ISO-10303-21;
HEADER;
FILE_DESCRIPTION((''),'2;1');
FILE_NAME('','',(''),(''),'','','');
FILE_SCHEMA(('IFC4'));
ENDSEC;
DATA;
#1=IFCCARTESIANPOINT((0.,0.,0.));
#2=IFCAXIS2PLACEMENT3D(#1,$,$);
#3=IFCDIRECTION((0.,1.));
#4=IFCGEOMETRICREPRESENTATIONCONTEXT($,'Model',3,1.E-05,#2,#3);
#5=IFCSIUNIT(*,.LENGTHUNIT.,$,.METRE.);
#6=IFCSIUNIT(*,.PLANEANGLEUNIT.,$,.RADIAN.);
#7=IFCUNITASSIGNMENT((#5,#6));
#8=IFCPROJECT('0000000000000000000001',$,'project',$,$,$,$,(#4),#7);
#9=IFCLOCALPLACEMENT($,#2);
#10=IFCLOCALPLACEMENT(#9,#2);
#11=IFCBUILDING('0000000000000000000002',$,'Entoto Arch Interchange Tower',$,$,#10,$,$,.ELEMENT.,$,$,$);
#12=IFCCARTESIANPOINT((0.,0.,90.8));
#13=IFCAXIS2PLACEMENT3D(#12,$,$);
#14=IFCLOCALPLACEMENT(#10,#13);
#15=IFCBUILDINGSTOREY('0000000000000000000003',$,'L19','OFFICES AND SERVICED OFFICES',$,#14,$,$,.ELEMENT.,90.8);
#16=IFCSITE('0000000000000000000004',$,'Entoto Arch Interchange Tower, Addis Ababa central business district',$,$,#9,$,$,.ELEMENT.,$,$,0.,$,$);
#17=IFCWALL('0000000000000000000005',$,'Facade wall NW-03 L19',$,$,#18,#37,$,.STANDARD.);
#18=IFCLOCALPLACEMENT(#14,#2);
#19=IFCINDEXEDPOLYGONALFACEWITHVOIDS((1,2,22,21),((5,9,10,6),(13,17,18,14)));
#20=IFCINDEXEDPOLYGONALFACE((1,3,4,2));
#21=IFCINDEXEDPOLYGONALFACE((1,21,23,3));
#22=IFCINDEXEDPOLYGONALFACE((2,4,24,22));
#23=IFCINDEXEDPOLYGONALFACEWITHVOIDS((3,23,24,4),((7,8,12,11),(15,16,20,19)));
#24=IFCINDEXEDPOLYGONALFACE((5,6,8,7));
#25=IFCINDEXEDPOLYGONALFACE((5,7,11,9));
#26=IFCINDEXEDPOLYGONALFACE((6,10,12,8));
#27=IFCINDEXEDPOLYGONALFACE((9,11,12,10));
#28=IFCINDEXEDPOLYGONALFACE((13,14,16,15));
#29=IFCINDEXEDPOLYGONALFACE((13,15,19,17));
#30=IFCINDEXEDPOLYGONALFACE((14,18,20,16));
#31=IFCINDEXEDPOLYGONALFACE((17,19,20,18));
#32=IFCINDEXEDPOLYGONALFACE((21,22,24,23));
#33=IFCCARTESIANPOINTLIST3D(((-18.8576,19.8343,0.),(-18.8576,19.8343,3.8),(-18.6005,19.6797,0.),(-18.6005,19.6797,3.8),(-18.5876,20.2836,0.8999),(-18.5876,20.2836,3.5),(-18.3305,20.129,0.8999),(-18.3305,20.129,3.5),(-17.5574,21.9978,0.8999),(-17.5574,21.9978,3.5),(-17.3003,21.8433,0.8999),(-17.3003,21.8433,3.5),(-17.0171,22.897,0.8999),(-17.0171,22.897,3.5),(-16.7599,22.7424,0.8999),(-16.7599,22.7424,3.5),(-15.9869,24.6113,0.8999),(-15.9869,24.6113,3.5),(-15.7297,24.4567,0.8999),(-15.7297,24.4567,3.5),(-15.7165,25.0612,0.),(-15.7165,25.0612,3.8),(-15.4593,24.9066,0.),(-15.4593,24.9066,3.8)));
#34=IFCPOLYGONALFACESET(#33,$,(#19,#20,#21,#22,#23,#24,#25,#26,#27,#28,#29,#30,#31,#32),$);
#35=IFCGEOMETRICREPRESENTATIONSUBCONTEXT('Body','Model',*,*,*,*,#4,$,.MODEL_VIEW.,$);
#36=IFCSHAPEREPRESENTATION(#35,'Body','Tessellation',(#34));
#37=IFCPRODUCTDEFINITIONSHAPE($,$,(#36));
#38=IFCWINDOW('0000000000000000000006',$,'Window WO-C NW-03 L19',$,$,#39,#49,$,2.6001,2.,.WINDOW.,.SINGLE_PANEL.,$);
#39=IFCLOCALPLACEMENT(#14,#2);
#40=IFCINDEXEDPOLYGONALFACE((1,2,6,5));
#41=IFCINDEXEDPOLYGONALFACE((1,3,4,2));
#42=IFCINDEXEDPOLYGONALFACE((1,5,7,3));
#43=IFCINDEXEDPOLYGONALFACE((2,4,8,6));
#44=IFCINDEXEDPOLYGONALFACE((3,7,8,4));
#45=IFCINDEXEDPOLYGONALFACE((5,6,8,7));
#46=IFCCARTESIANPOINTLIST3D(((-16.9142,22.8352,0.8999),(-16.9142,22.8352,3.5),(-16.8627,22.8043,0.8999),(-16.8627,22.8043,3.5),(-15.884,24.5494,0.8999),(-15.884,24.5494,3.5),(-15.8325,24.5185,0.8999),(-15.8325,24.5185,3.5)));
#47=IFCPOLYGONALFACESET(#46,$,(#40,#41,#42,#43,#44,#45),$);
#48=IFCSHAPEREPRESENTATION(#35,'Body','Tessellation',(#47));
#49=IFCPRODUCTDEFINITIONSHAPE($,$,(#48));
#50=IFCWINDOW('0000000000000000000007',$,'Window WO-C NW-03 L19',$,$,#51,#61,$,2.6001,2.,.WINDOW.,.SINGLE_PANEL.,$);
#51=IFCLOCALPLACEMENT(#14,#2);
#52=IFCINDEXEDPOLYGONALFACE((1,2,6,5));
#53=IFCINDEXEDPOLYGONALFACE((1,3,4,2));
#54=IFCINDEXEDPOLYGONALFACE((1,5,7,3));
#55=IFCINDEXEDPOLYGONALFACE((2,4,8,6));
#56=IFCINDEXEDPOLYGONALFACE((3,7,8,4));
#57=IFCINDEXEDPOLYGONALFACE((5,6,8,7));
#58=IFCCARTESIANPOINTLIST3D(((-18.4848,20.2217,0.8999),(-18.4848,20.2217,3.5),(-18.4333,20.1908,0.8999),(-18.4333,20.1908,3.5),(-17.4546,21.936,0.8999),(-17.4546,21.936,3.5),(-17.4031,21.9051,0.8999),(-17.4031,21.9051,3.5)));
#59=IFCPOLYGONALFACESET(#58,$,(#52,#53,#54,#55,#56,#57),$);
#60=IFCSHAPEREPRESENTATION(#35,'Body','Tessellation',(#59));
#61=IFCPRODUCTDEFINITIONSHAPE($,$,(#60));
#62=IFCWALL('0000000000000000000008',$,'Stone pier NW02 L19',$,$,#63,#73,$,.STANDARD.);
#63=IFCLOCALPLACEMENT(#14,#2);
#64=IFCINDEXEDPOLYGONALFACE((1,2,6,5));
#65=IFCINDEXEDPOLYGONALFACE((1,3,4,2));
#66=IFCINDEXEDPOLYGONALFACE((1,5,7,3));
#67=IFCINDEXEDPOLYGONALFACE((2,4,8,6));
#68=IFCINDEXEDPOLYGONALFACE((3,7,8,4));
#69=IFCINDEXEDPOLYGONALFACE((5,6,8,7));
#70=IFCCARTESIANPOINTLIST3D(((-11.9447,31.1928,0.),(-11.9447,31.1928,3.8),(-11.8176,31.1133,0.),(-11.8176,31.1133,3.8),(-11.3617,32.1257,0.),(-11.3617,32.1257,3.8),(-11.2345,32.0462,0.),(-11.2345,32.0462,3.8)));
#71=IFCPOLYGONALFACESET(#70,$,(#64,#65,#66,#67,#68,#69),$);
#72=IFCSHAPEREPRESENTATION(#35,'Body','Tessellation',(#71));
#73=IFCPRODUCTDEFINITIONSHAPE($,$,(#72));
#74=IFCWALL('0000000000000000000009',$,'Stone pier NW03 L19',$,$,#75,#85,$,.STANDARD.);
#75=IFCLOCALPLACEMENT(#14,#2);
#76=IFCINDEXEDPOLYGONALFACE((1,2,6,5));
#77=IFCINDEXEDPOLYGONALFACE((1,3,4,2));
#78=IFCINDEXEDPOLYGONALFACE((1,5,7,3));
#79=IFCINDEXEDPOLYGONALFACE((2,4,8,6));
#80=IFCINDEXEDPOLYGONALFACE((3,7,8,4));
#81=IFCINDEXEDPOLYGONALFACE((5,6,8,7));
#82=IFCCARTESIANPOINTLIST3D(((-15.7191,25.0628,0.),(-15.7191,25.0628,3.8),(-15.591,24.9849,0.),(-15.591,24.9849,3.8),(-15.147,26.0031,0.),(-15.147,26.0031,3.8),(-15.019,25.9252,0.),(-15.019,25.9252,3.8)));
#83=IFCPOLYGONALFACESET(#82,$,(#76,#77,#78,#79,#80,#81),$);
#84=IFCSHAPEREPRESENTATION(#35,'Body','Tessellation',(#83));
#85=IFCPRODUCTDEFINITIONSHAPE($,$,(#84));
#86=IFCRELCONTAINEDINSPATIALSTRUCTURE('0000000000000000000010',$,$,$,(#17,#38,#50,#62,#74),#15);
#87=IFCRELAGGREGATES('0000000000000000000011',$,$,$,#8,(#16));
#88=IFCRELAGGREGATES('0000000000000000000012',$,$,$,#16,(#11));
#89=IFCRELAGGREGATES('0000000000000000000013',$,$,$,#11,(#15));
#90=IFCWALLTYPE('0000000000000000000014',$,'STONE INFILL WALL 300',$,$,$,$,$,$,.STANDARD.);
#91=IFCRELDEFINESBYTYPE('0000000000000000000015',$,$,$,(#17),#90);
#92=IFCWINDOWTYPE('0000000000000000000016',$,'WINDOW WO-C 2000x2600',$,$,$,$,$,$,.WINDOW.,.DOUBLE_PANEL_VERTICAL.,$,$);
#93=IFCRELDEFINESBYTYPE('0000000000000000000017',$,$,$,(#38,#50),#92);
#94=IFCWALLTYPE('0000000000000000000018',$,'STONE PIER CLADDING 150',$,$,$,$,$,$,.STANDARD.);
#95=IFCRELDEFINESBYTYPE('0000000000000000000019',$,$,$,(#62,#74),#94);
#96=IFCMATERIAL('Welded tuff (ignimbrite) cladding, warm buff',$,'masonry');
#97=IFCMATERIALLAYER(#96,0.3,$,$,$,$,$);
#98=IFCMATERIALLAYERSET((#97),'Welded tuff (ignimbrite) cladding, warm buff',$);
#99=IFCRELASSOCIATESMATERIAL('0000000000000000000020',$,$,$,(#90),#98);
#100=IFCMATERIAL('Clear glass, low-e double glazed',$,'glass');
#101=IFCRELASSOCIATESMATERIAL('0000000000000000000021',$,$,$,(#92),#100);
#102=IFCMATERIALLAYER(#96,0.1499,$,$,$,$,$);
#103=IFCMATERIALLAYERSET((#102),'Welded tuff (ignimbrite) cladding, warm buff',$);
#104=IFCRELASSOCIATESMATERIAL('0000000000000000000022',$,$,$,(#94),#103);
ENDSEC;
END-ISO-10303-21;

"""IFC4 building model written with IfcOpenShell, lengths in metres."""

from ifc_helpers import new_model, si_unit, direction, frame, frame_2d, origin, place, context, subcontext, project, spatial, rectangle, extrude, material, layer, layer_set, type_object, element, fill, save


model = new_model("IFC4")

# Units and contexts
model_context = context("Model", 3, precision=1e-05, world=origin(), true_north=direction((0.0, 1.0)))
body_context = subcontext(model_context, "Body", "Model", "MODEL_VIEW")
ifc_project = project(units=[si_unit("LENGTHUNIT", "METRE"), si_unit("PLANEANGLEUNIT", "RADIAN")], contexts=[model_context])

# Site, building, storey
site_placement = place(None, origin())
site = spatial("IfcSite", under=ifc_project, at=site_placement, Name="Entoto Arch Interchange Tower, Addis Ababa central business district", CompositionType="ELEMENT", RefElevation=0.0)
building_placement = place(site_placement, origin())
building = spatial("IfcBuilding", under=site, at=building_placement, Name="Entoto Arch Interchange Tower", CompositionType="ELEMENT")
storey_placement = place(building_placement, frame((0.0, 0.0, 90.8)))
storey = spatial("IfcBuildingStorey", under=building, at=storey_placement, Name="L19", Description="OFFICES AND SERVICED OFFICES", CompositionType="ELEMENT", Elevation=90.8)

# Wall, openings, windows
ifc_material_1 = material(Name="Welded tuff (ignimbrite) cladding, warm buff", Category="masonry")
ifc_layer_1 = layer(ifc_material_1, 0.3)
ifc_layer_set_1 = layer_set([ifc_layer_1], Name="Welded tuff (ignimbrite) cladding, warm buff")
wall_type_1 = type_object("IfcWallType", Name="STONE INFILL WALL 300", PredefinedType="STANDARD", material=ifc_layer_set_1)
ifc_material_2 = material(Name="Clear glass, low-e double glazed", Category="glass")
window_type = type_object("IfcWindowType", Name="WINDOW WO-C 2000x2600", PartitioningType="DOUBLE_PANEL_VERTICAL", PredefinedType="WINDOW", material=ifc_material_2)
wall_1_placement = place(storey_placement, frame((-15.5879, 24.9839, 0.0), z_axis=(0.0, 0.0, 1.0), x_axis=(-0.515102, -0.857129, 0.0)))
wall_1 = element("IfcWall", 1, at=wall_1_placement, inside=storey, type_object=wall_type_1, Name="Facade wall NW-03 L19", PredefinedType="STANDARD", context=body_context, shape_type="SweptSolid", body=[
    extrude(rectangle(XDim=6.0981, YDim=0.3, at=frame_2d((3.0491, 0.0))), origin(), (0.0, 0.0, 1.0), 3.8),
])
opening_1_placement = place(wall_1_placement, frame((0.5249, 0.0, 0.8999)))
opening_1 = element("IfcOpeningElement", 2, at=opening_1_placement, cuts=wall_1, PredefinedType="OPENING", context=body_context, shape_type="SweptSolid", body=[
    extrude(rectangle(XDim=2.0, YDim=2.6001, at=frame_2d((1.0, 1.3))), frame((0.0, 0.1602, 0.0), z_axis=(0.0, -1.0, 0.0), x_axis=(1.0, 0.0, 0.0)), (0.0, 0.0, 1.0), 0.3201),
])
opening_2_placement = place(wall_1_placement, frame((3.574, 0.0, 0.8999)))
opening_2 = element("IfcOpeningElement", 3, at=opening_2_placement, cuts=wall_1, PredefinedType="OPENING", context=body_context, shape_type="SweptSolid", body=[
    extrude(rectangle(XDim=2.0, YDim=2.6001, at=frame_2d((1.0, 1.3))), frame((0.0, 0.1602, 0.0), z_axis=(0.0, -1.0, 0.0), x_axis=(1.0, 0.0, 0.0)), (0.0, 0.0, 1.0), 0.3201),
])
window_1_placement = place(opening_1_placement, origin())
window_1 = element("IfcWindow", 4, at=window_1_placement, inside=storey, type_object=window_type, Name="Window WO-C NW-03 L19", OverallHeight=2.6001, OverallWidth=2.0, PartitioningType="SINGLE_PANEL", PredefinedType="WINDOW", context=body_context, shape_type="SweptSolid", body=[
    extrude(rectangle(XDim=2.0, YDim=2.6001, at=frame_2d((1.0, 1.3))), frame((0.0, 0.03, 0.0), z_axis=(0.0, -1.0, 0.0), x_axis=(1.0, 0.0, 0.0)), (0.0, 0.0, 1.0), 0.0601),
])
fill(opening_1, window_1)
window_2_placement = place(opening_2_placement, origin())
window_2 = element("IfcWindow", 5, at=window_2_placement, inside=storey, type_object=window_type, Name="Window WO-C NW-03 L19", OverallHeight=2.6001, OverallWidth=2.0, PartitioningType="SINGLE_PANEL", PredefinedType="WINDOW", context=body_context, shape_type="SweptSolid", body=[
    extrude(rectangle(XDim=2.0, YDim=2.6001, at=frame_2d((1.0, 1.3))), frame((0.0, 0.03, 0.0), z_axis=(0.0, -1.0, 0.0), x_axis=(1.0, 0.0, 0.0)), (0.0, 0.0, 1.0), 0.0601),
])
fill(opening_2, window_2)

# Walls
ifc_layer_2 = layer(ifc_material_1, 0.1499)
ifc_layer_set_2 = layer_set([ifc_layer_2], Name="Welded tuff (ignimbrite) cladding, warm buff")
wall_type_2 = type_object("IfcWallType", Name="STONE PIER CLADDING 150", PredefinedType="STANDARD", material=ifc_layer_set_2)
wall_2_placement = place(storey_placement, frame((-11.2981, 32.0859, 0.0), z_axis=(0.0, 0.0, 1.0), x_axis=(-0.529979, -0.848011, 0.0)))
element("IfcWall", 6, at=wall_2_placement, inside=storey, type_object=wall_type_2, Name="Stone pier NW02 L19", PredefinedType="STANDARD", context=body_context, shape_type="SweptSolid", body=[
    extrude(rectangle(XDim=1.1001, YDim=0.1499, at=frame_2d((0.55, 0.0))), origin(), (0.0, 0.0, 1.0), 3.8),
])
wall_3_placement = place(storey_placement, frame((-15.083, 25.9641, 0.0), z_axis=(0.0, 0.0, 1.0), x_axis=(-0.519771, -0.854306, 0.0)))
element("IfcWall", 7, at=wall_3_placement, inside=storey, type_object=wall_type_2, Name="Stone pier NW03 L19", PredefinedType="STANDARD", context=body_context, shape_type="SweptSolid", body=[
    extrude(rectangle(XDim=1.1006, YDim=0.1499, at=frame_2d((0.5503, 0.0))), origin(), (0.0, 0.0, 1.0), 3.8),
])

save(model, "model.ifc")
